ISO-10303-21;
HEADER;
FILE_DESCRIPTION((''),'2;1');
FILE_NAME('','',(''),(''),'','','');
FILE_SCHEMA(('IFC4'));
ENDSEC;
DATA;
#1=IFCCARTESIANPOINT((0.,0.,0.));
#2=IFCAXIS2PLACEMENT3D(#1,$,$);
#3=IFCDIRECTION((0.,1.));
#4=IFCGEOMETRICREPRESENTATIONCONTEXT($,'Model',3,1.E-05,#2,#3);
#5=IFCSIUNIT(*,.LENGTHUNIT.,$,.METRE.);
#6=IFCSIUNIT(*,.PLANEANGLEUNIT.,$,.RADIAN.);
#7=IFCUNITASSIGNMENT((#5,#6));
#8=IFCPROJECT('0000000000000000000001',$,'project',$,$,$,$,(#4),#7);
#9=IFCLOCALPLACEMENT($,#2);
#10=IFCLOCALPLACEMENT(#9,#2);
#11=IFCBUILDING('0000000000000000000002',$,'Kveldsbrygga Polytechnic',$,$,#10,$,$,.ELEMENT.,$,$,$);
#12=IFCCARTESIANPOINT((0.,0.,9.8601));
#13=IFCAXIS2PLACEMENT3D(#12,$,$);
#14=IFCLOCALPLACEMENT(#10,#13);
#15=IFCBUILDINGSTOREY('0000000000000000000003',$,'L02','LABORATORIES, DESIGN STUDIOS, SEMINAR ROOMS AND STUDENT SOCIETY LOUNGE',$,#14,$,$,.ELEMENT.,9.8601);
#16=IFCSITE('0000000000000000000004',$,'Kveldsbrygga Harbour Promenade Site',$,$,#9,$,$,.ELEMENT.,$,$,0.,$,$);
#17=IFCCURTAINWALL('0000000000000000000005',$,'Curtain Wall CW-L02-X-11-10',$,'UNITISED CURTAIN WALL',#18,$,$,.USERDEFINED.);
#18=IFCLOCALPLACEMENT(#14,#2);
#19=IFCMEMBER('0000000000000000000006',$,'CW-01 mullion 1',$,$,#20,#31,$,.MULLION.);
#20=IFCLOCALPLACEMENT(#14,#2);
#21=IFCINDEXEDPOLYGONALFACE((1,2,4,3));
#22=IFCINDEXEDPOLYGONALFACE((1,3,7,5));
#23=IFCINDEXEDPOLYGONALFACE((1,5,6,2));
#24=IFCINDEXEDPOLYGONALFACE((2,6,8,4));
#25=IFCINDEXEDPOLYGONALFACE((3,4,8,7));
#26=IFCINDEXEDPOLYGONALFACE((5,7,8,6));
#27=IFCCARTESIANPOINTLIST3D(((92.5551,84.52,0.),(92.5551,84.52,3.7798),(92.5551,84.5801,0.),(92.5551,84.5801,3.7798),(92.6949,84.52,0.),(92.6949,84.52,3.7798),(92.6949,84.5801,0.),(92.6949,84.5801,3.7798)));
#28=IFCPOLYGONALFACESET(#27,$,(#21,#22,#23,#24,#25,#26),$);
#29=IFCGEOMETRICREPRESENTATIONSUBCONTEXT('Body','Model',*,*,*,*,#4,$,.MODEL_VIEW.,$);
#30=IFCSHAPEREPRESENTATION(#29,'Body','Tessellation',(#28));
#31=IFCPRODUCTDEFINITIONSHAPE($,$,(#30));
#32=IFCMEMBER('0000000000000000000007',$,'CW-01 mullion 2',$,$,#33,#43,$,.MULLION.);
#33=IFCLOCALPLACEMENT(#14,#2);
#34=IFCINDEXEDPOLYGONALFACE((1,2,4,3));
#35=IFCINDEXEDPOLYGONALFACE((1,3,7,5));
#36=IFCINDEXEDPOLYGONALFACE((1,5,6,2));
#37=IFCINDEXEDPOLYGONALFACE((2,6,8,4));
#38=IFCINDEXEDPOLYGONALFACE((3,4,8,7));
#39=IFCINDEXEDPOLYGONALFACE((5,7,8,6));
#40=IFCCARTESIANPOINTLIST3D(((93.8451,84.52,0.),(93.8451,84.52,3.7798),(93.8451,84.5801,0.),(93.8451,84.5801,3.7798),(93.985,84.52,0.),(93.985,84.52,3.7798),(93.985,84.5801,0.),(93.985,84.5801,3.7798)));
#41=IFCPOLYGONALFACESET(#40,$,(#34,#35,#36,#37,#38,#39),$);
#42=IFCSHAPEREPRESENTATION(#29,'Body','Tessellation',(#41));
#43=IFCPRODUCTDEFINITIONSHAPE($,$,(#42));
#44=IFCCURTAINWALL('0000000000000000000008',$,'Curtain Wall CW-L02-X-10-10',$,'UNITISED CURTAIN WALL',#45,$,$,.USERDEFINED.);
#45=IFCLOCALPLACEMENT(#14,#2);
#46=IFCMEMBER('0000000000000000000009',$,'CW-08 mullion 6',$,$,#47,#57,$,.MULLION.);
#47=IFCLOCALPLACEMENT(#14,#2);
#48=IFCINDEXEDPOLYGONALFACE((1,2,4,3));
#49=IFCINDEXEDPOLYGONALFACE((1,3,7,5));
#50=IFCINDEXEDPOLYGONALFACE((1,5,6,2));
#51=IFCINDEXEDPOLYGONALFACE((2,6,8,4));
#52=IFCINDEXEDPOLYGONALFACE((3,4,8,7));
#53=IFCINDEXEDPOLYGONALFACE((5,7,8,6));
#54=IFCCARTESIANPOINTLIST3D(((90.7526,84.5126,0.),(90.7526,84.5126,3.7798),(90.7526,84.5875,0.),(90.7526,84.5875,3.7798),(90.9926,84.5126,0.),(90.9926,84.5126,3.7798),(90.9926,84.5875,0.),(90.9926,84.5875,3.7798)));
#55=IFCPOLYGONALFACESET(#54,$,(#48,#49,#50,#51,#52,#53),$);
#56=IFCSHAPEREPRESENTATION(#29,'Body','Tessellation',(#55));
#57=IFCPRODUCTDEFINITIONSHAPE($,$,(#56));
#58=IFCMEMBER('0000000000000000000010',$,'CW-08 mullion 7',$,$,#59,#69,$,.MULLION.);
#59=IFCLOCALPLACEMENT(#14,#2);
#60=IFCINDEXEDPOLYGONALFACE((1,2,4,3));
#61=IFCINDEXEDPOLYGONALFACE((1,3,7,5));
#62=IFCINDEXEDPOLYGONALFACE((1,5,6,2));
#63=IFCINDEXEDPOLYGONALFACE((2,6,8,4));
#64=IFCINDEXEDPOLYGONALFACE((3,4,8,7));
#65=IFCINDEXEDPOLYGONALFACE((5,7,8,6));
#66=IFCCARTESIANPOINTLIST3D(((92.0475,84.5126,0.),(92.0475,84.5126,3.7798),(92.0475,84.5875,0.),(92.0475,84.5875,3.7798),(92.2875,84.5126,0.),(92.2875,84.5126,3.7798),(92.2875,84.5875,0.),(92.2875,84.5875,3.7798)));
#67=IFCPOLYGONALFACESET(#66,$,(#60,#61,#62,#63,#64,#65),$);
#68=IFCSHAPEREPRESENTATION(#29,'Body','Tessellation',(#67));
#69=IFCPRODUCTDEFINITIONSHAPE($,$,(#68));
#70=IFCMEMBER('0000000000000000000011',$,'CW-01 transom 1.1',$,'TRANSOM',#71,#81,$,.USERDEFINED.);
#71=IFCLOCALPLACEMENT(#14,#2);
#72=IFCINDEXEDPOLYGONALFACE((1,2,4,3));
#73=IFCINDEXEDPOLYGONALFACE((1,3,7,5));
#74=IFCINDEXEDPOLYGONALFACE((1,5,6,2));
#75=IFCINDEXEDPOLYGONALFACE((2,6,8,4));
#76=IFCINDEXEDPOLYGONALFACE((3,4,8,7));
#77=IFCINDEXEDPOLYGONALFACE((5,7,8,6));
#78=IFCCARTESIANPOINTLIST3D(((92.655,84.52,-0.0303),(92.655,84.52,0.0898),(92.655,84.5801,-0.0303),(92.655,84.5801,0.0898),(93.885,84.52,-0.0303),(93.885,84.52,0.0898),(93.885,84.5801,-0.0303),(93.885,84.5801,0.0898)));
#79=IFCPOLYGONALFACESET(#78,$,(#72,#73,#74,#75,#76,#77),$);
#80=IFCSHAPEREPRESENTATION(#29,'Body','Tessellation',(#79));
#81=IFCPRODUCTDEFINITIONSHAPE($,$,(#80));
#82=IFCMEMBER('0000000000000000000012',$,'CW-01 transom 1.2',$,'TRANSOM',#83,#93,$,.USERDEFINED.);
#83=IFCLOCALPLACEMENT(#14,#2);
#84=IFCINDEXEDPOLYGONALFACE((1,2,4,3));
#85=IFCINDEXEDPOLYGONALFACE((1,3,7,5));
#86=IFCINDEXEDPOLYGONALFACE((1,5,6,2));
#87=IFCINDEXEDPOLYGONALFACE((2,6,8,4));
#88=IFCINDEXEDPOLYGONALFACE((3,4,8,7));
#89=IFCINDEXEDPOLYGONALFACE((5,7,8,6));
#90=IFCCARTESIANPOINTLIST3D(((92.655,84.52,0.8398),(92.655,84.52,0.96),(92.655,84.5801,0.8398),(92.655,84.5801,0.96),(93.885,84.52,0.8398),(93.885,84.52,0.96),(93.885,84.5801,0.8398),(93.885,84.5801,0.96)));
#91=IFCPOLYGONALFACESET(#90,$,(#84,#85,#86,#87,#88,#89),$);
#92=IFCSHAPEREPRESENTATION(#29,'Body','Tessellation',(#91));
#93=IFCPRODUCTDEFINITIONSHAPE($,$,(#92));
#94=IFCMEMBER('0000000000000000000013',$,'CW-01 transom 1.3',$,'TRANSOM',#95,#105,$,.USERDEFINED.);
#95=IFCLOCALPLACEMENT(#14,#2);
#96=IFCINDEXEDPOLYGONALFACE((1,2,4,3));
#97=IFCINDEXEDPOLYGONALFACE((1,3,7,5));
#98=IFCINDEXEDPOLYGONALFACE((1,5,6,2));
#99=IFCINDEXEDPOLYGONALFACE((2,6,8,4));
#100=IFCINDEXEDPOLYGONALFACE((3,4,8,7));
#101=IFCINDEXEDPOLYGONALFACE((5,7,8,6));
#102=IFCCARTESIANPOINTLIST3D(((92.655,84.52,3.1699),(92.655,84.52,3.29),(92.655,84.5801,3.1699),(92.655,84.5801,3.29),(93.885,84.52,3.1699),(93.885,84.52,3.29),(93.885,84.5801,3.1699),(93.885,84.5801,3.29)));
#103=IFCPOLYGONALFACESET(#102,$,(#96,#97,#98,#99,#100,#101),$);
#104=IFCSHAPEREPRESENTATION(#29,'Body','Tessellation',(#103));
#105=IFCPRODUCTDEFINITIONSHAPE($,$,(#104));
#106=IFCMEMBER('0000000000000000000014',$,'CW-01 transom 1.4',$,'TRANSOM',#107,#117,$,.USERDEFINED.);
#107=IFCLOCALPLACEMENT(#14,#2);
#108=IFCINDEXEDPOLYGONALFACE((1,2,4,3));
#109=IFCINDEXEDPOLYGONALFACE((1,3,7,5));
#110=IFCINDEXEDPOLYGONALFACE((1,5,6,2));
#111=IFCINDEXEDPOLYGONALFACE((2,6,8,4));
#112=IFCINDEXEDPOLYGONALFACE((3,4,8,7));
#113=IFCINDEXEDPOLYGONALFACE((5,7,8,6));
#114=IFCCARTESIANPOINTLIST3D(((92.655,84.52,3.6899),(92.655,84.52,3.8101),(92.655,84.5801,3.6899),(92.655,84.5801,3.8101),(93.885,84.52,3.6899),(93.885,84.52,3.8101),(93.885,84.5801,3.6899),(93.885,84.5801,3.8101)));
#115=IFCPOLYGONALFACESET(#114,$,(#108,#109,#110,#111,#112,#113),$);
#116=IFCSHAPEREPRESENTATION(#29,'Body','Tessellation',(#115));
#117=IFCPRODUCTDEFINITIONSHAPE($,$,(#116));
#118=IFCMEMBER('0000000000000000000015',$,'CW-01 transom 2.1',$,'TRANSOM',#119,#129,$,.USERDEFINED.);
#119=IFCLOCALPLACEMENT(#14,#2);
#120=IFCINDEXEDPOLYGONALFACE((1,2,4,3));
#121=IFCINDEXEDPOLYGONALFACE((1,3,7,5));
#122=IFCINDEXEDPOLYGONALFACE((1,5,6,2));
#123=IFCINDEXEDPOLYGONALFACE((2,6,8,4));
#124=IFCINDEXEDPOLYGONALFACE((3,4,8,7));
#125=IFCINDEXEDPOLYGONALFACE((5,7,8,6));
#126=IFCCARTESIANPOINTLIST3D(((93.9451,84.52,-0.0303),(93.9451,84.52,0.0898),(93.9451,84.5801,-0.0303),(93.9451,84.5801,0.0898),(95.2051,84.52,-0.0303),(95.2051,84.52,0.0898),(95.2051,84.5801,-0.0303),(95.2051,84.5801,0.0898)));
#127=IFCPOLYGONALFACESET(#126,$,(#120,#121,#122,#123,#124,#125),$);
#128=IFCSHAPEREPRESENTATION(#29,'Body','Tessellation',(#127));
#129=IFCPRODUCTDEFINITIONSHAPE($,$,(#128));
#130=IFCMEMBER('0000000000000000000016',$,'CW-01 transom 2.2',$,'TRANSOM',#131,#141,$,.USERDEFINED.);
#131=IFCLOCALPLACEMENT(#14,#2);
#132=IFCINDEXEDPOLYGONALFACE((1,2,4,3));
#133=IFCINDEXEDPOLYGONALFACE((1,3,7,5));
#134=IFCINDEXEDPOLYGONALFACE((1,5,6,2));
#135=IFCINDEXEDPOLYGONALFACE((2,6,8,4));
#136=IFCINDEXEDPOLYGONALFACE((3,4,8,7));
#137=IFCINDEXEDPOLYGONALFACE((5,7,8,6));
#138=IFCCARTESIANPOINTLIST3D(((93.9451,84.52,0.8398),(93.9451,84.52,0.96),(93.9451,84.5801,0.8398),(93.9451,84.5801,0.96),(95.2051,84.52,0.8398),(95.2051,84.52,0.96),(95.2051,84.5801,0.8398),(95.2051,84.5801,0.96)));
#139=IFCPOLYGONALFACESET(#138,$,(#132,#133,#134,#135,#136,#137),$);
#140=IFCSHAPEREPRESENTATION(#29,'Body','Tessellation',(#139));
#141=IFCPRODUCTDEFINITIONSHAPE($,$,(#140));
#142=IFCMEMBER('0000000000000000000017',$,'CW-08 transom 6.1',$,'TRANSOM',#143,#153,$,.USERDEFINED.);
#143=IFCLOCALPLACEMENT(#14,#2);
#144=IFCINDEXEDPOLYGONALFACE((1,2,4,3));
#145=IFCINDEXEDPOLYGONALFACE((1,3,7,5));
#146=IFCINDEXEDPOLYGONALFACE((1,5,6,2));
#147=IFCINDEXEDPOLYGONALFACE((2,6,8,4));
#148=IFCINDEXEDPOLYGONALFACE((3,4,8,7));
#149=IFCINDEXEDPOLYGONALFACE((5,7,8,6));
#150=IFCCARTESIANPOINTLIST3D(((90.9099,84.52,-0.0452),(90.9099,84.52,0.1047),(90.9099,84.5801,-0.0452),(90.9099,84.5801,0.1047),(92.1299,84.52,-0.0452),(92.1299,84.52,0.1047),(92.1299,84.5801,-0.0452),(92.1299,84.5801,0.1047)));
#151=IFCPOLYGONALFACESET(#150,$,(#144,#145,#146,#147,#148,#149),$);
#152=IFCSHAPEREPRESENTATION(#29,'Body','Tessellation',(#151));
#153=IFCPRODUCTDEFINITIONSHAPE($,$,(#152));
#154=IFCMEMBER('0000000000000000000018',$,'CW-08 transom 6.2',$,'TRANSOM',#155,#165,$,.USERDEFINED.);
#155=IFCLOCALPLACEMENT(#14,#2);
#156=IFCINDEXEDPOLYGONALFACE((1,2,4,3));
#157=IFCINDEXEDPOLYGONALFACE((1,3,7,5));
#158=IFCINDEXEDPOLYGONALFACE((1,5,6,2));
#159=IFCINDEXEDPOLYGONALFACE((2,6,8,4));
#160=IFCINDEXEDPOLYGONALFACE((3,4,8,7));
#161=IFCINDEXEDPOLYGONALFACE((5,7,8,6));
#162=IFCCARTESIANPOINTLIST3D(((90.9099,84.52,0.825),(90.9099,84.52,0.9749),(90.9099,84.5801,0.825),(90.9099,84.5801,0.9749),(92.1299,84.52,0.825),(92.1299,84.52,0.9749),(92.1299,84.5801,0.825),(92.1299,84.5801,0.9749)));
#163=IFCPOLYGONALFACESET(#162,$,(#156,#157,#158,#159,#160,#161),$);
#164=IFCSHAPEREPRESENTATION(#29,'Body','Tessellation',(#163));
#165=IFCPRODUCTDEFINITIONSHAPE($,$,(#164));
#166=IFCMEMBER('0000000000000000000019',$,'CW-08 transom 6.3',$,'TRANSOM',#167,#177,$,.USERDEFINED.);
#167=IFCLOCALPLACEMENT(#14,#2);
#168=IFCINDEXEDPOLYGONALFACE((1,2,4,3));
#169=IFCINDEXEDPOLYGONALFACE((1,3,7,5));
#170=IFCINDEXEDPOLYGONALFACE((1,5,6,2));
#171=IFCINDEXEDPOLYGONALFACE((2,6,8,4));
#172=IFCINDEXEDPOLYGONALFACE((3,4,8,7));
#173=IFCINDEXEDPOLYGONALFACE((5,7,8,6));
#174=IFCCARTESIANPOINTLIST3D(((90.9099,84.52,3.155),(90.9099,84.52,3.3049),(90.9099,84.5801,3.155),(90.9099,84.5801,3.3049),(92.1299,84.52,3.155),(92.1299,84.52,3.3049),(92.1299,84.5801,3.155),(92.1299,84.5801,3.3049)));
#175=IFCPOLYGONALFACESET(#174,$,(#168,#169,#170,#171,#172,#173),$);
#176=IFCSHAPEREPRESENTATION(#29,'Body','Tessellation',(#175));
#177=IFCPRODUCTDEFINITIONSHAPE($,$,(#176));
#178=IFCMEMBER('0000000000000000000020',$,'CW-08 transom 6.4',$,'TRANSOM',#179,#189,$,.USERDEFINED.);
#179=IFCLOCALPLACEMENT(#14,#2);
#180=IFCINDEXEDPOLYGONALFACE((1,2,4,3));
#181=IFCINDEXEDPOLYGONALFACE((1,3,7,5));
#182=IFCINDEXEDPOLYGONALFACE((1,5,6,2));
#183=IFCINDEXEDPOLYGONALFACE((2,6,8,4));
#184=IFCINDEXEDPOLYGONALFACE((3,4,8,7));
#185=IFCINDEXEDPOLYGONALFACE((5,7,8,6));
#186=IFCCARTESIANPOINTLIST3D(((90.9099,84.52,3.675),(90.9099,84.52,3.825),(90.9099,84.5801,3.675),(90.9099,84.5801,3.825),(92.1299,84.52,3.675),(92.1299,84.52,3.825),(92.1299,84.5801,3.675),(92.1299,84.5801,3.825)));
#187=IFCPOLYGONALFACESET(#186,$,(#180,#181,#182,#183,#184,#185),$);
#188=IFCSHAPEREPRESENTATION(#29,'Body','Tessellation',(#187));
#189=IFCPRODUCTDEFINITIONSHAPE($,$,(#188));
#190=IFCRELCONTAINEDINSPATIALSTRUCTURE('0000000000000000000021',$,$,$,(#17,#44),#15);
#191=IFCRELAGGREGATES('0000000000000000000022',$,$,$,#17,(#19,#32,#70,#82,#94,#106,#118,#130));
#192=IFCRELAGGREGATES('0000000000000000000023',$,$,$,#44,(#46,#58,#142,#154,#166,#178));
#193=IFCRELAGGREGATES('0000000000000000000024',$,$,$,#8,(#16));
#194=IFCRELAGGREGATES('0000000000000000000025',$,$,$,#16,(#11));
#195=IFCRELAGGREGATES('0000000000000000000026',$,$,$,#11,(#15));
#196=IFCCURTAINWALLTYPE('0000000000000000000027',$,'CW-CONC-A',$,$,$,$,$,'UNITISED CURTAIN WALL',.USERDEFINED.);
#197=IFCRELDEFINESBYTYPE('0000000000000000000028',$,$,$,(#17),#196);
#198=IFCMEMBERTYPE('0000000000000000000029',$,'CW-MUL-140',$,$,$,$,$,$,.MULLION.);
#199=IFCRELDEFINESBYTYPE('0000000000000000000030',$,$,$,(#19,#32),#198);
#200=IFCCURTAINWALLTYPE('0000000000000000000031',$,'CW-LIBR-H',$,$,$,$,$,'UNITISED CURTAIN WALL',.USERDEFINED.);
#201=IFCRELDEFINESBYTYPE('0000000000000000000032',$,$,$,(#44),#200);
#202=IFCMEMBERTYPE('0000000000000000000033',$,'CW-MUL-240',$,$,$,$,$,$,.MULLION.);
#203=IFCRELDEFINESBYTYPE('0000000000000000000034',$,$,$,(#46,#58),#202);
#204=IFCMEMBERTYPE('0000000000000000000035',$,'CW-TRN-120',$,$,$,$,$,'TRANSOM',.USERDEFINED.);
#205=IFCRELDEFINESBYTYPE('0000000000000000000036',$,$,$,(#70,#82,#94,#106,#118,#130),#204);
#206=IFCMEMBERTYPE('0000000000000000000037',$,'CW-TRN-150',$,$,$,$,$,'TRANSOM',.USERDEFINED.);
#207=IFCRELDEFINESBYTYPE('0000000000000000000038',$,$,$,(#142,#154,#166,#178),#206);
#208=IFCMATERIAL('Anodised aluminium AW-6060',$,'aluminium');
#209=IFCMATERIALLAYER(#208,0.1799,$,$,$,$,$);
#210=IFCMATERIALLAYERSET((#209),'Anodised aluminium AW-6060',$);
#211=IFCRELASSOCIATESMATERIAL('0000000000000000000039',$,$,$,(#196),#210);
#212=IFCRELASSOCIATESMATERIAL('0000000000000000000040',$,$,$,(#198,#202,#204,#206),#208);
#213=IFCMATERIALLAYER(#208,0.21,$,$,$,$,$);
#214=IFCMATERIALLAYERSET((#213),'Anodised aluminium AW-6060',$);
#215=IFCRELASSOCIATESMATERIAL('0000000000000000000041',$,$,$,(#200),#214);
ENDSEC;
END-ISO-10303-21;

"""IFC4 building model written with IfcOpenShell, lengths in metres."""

from ifc_helpers import new_model, si_unit, direction, frame, origin, origin_2d, place, context, subcontext, project, spatial, rectangle, extrude, material, layer, layer_set, material_profile, profile_set, type_object, element, aggregate, save


model = new_model("IFC4")

# Units and contexts
model_context = context("Model", 3, precision=1e-05, world=origin(), true_north=direction((0.0, 1.0)))
body_context = subcontext(model_context, "Body", "Model", "MODEL_VIEW")
ifc_project = project(units=[si_unit("LENGTHUNIT", "METRE"), si_unit("PLANEANGLEUNIT", "RADIAN")], contexts=[model_context])

# Site, building, storey
site_placement = place(None, origin())
site = spatial("IfcSite", under=ifc_project, at=site_placement, Name="Kveldsbrygga Harbour Promenade Site", CompositionType="ELEMENT", RefElevation=0.0)
building_placement = place(site_placement, origin())
building = spatial("IfcBuilding", under=site, at=building_placement, Name="Kveldsbrygga Polytechnic", CompositionType="ELEMENT")
storey_placement = place(building_placement, frame((0.0, 0.0, 9.8601)))
storey = spatial("IfcBuildingStorey", under=building, at=storey_placement, Name="L02", Description="LABORATORIES, DESIGN STUDIOS, SEMINAR ROOMS AND STUDENT SOCIETY LOUNGE", CompositionType="ELEMENT", Elevation=9.8601)

# Curtain walls, members
ifc_material_1 = material(Name="Anodised aluminium AW-6060", Category="aluminium")
ifc_layer_1 = layer(ifc_material_1, 0.1799)
ifc_layer_set_1 = layer_set([ifc_layer_1], Name="Anodised aluminium AW-6060")
curtain_wall_type_1 = type_object("IfcCurtainWallType", Name="CW-CONC-A", ElementType="UNITISED CURTAIN WALL", PredefinedType="USERDEFINED", material=ifc_layer_set_1)
curtain_wall_1_placement = place(storey_placement, origin())
curtain_wall_1 = element("IfcCurtainWall", 1, at=curtain_wall_1_placement, inside=storey, type_object=curtain_wall_type_1, Name="Curtain Wall CW-L02-X-11-10", ObjectType="UNITISED CURTAIN WALL", PredefinedType="USERDEFINED")
ifc_material_profile_1 = material_profile(ifc_material_1, rectangle(XDim=0.0601, YDim=0.1399, at=origin_2d()), Name="ALU 60x140")
ifc_profile_set_1 = profile_set([ifc_material_profile_1], Name="Anodised aluminium AW-6060")
member_type_1 = type_object("IfcMemberType", Name="CW-MUL-140", PredefinedType="MULLION", material=ifc_profile_set_1)
member_1_placement = place(storey_placement, frame((92.625, 84.55, 0.0), z_axis=(0.0, 0.0, 1.0), x_axis=(0.0, 1.0, 0.0)))
member_1 = element("IfcMember", 2, at=member_1_placement, type_object=member_type_1, Name="CW-01 mullion 1", PredefinedType="MULLION", context=body_context, shape_type="SweptSolid", body=[
    extrude(rectangle(XDim=0.0601, YDim=0.1399, at=origin_2d()), origin(), (0.0, 0.0, 1.0), 3.7798),
])
member_2_placement = place(storey_placement, frame((93.915, 84.55, 0.0), z_axis=(0.0, 0.0, 1.0), x_axis=(0.0, 1.0, 0.0)))
member_2 = element("IfcMember", 3, at=member_2_placement, type_object=member_type_1, Name="CW-01 mullion 2", PredefinedType="MULLION", context=body_context, shape_type="SweptSolid", body=[
    extrude(rectangle(XDim=0.0601, YDim=0.1399, at=origin_2d()), origin(), (0.0, 0.0, 1.0), 3.7798),
])
ifc_layer_2 = layer(ifc_material_1, 0.21)
ifc_layer_set_2 = layer_set([ifc_layer_2], Name="Anodised aluminium AW-6060")
curtain_wall_type_2 = type_object("IfcCurtainWallType", Name="CW-LIBR-H", ElementType="UNITISED CURTAIN WALL", PredefinedType="USERDEFINED", material=ifc_layer_set_2)
curtain_wall_2_placement = place(storey_placement, origin())
curtain_wall_2 = element("IfcCurtainWall", 4, at=curtain_wall_2_placement, inside=storey, type_object=curtain_wall_type_2, Name="Curtain Wall CW-L02-X-10-10", ObjectType="UNITISED CURTAIN WALL", PredefinedType="USERDEFINED")
ifc_material_profile_2 = material_profile(ifc_material_1, rectangle(XDim=0.075, YDim=0.24, at=origin_2d()), Name="ALU 75x240")
ifc_profile_set_2 = profile_set([ifc_material_profile_2], Name="Anodised aluminium AW-6060")
member_type_2 = type_object("IfcMemberType", Name="CW-MUL-240", PredefinedType="MULLION", material=ifc_profile_set_2)
member_3_placement = place(storey_placement, frame((90.8726, 84.55, 0.0), z_axis=(0.0, 0.0, 1.0), x_axis=(0.0, 1.0, 0.0)))
member_3 = element("IfcMember", 5, at=member_3_placement, type_object=member_type_2, Name="CW-08 mullion 6", PredefinedType="MULLION", context=body_context, shape_type="SweptSolid", body=[
    extrude(rectangle(XDim=0.075, YDim=0.24, at=origin_2d()), origin(), (0.0, 0.0, 1.0), 3.7798),
])
member_4_placement = place(storey_placement, frame((92.1675, 84.55, 0.0), z_axis=(0.0, 0.0, 1.0), x_axis=(0.0, 1.0, 0.0)))
member_4 = element("IfcMember", 6, at=member_4_placement, type_object=member_type_2, Name="CW-08 mullion 7", PredefinedType="MULLION", context=body_context, shape_type="SweptSolid", body=[
    extrude(rectangle(XDim=0.075, YDim=0.24, at=origin_2d()), origin(), (0.0, 0.0, 1.0), 3.7798),
])

# Members
ifc_material_profile_3 = material_profile(ifc_material_1, rectangle(XDim=0.0601, YDim=0.1201, at=origin_2d()), Name="ALU 60x120")
ifc_profile_set_3 = profile_set([ifc_material_profile_3], Name="Anodised aluminium AW-6060")
member_type_3 = type_object("IfcMemberType", Name="CW-TRN-120", ElementType="TRANSOM", PredefinedType="USERDEFINED", material=ifc_profile_set_3)
member_5_placement = place(storey_placement, frame((92.655, 84.55, 0.0298), z_axis=(1.0, 0.0, 0.0), x_axis=(0.0, 1.0, 0.0)))
member_5 = element("IfcMember", 7, at=member_5_placement, type_object=member_type_3, Name="CW-01 transom 1.1", ObjectType="TRANSOM", PredefinedType="USERDEFINED", context=body_context, shape_type="SweptSolid", body=[
    extrude(rectangle(XDim=0.0601, YDim=0.1201, at=origin_2d()), origin(), (0.0, 0.0, 1.0), 1.23),
])
member_6_placement = place(storey_placement, frame((92.655, 84.55, 0.8999), z_axis=(1.0, 0.0, 0.0), x_axis=(0.0, 1.0, 0.0)))
member_6 = element("IfcMember", 8, at=member_6_placement, type_object=member_type_3, Name="CW-01 transom 1.2", ObjectType="TRANSOM", PredefinedType="USERDEFINED", context=body_context, shape_type="SweptSolid", body=[
    extrude(rectangle(XDim=0.0601, YDim=0.1201, at=origin_2d()), origin(), (0.0, 0.0, 1.0), 1.23),
])
member_7_placement = place(storey_placement, frame((92.655, 84.55, 3.23), z_axis=(1.0, 0.0, 0.0), x_axis=(0.0, 1.0, 0.0)))
member_7 = element("IfcMember", 9, at=member_7_placement, type_object=member_type_3, Name="CW-01 transom 1.3", ObjectType="TRANSOM", PredefinedType="USERDEFINED", context=body_context, shape_type="SweptSolid", body=[
    extrude(rectangle(XDim=0.0601, YDim=0.1201, at=origin_2d()), origin(), (0.0, 0.0, 1.0), 1.23),
])
member_8_placement = place(storey_placement, frame((92.655, 84.55, 3.75), z_axis=(1.0, 0.0, 0.0), x_axis=(0.0, 1.0, 0.0)))
member_8 = element("IfcMember", 10, at=member_8_placement, type_object=member_type_3, Name="CW-01 transom 1.4", ObjectType="TRANSOM", PredefinedType="USERDEFINED", context=body_context, shape_type="SweptSolid", body=[
    extrude(rectangle(XDim=0.0601, YDim=0.1201, at=origin_2d()), origin(), (0.0, 0.0, 1.0), 1.23),
])
member_9_placement = place(storey_placement, frame((93.9451, 84.55, 0.0298), z_axis=(1.0, 0.0, 0.0), x_axis=(0.0, 1.0, 0.0)))
member_9 = element("IfcMember", 11, at=member_9_placement, type_object=member_type_3, Name="CW-01 transom 2.1", ObjectType="TRANSOM", PredefinedType="USERDEFINED", context=body_context, shape_type="SweptSolid", body=[
    extrude(rectangle(XDim=0.0601, YDim=0.1201, at=origin_2d()), origin(), (0.0, 0.0, 1.0), 1.26),
])
member_10_placement = place(storey_placement, frame((93.9451, 84.55, 0.8999), z_axis=(1.0, 0.0, 0.0), x_axis=(0.0, 1.0, 0.0)))
member_10 = element("IfcMember", 12, at=member_10_placement, type_object=member_type_3, Name="CW-01 transom 2.2", ObjectType="TRANSOM", PredefinedType="USERDEFINED", context=body_context, shape_type="SweptSolid", body=[
    extrude(rectangle(XDim=0.0601, YDim=0.1201, at=origin_2d()), origin(), (0.0, 0.0, 1.0), 1.26),
])
ifc_material_profile_4 = material_profile(ifc_material_1, rectangle(XDim=0.0601, YDim=0.1499, at=origin_2d()), Name="ALU 60x150")
ifc_profile_set_4 = profile_set([ifc_material_profile_4], Name="Anodised aluminium AW-6060")
member_type_4 = type_object("IfcMemberType", Name="CW-TRN-150", ElementType="TRANSOM", PredefinedType="USERDEFINED", material=ifc_profile_set_4)
member_11_placement = place(storey_placement, frame((90.9099, 84.55, 0.0298), z_axis=(1.0, 0.0, 0.0), x_axis=(0.0, 1.0, 0.0)))
member_11 = element("IfcMember", 13, at=member_11_placement, type_object=member_type_4, Name="CW-08 transom 6.1", ObjectType="TRANSOM", PredefinedType="USERDEFINED", context=body_context, shape_type="SweptSolid", body=[
    extrude(rectangle(XDim=0.0601, YDim=0.1499, at=origin_2d()), origin(), (0.0, 0.0, 1.0), 1.22),
])
member_12_placement = place(storey_placement, frame((90.9099, 84.55, 0.8999), z_axis=(1.0, 0.0, 0.0), x_axis=(0.0, 1.0, 0.0)))
member_12 = element("IfcMember", 14, at=member_12_placement, type_object=member_type_4, Name="CW-08 transom 6.2", ObjectType="TRANSOM", PredefinedType="USERDEFINED", context=body_context, shape_type="SweptSolid", body=[
    extrude(rectangle(XDim=0.0601, YDim=0.1499, at=origin_2d()), origin(), (0.0, 0.0, 1.0), 1.22),
])
member_13_placement = place(storey_placement, frame((90.9099, 84.55, 3.23), z_axis=(1.0, 0.0, 0.0), x_axis=(0.0, 1.0, 0.0)))
member_13 = element("IfcMember", 15, at=member_13_placement, type_object=member_type_4, Name="CW-08 transom 6.3", ObjectType="TRANSOM", PredefinedType="USERDEFINED", context=body_context, shape_type="SweptSolid", body=[
    extrude(rectangle(XDim=0.0601, YDim=0.1499, at=origin_2d()), origin(), (0.0, 0.0, 1.0), 1.22),
])
member_14_placement = place(storey_placement, frame((90.9099, 84.55, 3.75), z_axis=(1.0, 0.0, 0.0), x_axis=(0.0, 1.0, 0.0)))
member_14 = element("IfcMember", 16, at=member_14_placement, type_object=member_type_4, Name="CW-08 transom 6.4", ObjectType="TRANSOM", PredefinedType="USERDEFINED", context=body_context, shape_type="SweptSolid", body=[
    extrude(rectangle(XDim=0.0601, YDim=0.1499, at=origin_2d()), origin(), (0.0, 0.0, 1.0), 1.22),
])

aggregate(curtain_wall_1, [member_1, member_2, member_5, member_6, member_7, member_8, member_9, member_10])
aggregate(curtain_wall_2, [member_3, member_4, member_11, member_12, member_13, member_14])

save(model, "model.ifc")
